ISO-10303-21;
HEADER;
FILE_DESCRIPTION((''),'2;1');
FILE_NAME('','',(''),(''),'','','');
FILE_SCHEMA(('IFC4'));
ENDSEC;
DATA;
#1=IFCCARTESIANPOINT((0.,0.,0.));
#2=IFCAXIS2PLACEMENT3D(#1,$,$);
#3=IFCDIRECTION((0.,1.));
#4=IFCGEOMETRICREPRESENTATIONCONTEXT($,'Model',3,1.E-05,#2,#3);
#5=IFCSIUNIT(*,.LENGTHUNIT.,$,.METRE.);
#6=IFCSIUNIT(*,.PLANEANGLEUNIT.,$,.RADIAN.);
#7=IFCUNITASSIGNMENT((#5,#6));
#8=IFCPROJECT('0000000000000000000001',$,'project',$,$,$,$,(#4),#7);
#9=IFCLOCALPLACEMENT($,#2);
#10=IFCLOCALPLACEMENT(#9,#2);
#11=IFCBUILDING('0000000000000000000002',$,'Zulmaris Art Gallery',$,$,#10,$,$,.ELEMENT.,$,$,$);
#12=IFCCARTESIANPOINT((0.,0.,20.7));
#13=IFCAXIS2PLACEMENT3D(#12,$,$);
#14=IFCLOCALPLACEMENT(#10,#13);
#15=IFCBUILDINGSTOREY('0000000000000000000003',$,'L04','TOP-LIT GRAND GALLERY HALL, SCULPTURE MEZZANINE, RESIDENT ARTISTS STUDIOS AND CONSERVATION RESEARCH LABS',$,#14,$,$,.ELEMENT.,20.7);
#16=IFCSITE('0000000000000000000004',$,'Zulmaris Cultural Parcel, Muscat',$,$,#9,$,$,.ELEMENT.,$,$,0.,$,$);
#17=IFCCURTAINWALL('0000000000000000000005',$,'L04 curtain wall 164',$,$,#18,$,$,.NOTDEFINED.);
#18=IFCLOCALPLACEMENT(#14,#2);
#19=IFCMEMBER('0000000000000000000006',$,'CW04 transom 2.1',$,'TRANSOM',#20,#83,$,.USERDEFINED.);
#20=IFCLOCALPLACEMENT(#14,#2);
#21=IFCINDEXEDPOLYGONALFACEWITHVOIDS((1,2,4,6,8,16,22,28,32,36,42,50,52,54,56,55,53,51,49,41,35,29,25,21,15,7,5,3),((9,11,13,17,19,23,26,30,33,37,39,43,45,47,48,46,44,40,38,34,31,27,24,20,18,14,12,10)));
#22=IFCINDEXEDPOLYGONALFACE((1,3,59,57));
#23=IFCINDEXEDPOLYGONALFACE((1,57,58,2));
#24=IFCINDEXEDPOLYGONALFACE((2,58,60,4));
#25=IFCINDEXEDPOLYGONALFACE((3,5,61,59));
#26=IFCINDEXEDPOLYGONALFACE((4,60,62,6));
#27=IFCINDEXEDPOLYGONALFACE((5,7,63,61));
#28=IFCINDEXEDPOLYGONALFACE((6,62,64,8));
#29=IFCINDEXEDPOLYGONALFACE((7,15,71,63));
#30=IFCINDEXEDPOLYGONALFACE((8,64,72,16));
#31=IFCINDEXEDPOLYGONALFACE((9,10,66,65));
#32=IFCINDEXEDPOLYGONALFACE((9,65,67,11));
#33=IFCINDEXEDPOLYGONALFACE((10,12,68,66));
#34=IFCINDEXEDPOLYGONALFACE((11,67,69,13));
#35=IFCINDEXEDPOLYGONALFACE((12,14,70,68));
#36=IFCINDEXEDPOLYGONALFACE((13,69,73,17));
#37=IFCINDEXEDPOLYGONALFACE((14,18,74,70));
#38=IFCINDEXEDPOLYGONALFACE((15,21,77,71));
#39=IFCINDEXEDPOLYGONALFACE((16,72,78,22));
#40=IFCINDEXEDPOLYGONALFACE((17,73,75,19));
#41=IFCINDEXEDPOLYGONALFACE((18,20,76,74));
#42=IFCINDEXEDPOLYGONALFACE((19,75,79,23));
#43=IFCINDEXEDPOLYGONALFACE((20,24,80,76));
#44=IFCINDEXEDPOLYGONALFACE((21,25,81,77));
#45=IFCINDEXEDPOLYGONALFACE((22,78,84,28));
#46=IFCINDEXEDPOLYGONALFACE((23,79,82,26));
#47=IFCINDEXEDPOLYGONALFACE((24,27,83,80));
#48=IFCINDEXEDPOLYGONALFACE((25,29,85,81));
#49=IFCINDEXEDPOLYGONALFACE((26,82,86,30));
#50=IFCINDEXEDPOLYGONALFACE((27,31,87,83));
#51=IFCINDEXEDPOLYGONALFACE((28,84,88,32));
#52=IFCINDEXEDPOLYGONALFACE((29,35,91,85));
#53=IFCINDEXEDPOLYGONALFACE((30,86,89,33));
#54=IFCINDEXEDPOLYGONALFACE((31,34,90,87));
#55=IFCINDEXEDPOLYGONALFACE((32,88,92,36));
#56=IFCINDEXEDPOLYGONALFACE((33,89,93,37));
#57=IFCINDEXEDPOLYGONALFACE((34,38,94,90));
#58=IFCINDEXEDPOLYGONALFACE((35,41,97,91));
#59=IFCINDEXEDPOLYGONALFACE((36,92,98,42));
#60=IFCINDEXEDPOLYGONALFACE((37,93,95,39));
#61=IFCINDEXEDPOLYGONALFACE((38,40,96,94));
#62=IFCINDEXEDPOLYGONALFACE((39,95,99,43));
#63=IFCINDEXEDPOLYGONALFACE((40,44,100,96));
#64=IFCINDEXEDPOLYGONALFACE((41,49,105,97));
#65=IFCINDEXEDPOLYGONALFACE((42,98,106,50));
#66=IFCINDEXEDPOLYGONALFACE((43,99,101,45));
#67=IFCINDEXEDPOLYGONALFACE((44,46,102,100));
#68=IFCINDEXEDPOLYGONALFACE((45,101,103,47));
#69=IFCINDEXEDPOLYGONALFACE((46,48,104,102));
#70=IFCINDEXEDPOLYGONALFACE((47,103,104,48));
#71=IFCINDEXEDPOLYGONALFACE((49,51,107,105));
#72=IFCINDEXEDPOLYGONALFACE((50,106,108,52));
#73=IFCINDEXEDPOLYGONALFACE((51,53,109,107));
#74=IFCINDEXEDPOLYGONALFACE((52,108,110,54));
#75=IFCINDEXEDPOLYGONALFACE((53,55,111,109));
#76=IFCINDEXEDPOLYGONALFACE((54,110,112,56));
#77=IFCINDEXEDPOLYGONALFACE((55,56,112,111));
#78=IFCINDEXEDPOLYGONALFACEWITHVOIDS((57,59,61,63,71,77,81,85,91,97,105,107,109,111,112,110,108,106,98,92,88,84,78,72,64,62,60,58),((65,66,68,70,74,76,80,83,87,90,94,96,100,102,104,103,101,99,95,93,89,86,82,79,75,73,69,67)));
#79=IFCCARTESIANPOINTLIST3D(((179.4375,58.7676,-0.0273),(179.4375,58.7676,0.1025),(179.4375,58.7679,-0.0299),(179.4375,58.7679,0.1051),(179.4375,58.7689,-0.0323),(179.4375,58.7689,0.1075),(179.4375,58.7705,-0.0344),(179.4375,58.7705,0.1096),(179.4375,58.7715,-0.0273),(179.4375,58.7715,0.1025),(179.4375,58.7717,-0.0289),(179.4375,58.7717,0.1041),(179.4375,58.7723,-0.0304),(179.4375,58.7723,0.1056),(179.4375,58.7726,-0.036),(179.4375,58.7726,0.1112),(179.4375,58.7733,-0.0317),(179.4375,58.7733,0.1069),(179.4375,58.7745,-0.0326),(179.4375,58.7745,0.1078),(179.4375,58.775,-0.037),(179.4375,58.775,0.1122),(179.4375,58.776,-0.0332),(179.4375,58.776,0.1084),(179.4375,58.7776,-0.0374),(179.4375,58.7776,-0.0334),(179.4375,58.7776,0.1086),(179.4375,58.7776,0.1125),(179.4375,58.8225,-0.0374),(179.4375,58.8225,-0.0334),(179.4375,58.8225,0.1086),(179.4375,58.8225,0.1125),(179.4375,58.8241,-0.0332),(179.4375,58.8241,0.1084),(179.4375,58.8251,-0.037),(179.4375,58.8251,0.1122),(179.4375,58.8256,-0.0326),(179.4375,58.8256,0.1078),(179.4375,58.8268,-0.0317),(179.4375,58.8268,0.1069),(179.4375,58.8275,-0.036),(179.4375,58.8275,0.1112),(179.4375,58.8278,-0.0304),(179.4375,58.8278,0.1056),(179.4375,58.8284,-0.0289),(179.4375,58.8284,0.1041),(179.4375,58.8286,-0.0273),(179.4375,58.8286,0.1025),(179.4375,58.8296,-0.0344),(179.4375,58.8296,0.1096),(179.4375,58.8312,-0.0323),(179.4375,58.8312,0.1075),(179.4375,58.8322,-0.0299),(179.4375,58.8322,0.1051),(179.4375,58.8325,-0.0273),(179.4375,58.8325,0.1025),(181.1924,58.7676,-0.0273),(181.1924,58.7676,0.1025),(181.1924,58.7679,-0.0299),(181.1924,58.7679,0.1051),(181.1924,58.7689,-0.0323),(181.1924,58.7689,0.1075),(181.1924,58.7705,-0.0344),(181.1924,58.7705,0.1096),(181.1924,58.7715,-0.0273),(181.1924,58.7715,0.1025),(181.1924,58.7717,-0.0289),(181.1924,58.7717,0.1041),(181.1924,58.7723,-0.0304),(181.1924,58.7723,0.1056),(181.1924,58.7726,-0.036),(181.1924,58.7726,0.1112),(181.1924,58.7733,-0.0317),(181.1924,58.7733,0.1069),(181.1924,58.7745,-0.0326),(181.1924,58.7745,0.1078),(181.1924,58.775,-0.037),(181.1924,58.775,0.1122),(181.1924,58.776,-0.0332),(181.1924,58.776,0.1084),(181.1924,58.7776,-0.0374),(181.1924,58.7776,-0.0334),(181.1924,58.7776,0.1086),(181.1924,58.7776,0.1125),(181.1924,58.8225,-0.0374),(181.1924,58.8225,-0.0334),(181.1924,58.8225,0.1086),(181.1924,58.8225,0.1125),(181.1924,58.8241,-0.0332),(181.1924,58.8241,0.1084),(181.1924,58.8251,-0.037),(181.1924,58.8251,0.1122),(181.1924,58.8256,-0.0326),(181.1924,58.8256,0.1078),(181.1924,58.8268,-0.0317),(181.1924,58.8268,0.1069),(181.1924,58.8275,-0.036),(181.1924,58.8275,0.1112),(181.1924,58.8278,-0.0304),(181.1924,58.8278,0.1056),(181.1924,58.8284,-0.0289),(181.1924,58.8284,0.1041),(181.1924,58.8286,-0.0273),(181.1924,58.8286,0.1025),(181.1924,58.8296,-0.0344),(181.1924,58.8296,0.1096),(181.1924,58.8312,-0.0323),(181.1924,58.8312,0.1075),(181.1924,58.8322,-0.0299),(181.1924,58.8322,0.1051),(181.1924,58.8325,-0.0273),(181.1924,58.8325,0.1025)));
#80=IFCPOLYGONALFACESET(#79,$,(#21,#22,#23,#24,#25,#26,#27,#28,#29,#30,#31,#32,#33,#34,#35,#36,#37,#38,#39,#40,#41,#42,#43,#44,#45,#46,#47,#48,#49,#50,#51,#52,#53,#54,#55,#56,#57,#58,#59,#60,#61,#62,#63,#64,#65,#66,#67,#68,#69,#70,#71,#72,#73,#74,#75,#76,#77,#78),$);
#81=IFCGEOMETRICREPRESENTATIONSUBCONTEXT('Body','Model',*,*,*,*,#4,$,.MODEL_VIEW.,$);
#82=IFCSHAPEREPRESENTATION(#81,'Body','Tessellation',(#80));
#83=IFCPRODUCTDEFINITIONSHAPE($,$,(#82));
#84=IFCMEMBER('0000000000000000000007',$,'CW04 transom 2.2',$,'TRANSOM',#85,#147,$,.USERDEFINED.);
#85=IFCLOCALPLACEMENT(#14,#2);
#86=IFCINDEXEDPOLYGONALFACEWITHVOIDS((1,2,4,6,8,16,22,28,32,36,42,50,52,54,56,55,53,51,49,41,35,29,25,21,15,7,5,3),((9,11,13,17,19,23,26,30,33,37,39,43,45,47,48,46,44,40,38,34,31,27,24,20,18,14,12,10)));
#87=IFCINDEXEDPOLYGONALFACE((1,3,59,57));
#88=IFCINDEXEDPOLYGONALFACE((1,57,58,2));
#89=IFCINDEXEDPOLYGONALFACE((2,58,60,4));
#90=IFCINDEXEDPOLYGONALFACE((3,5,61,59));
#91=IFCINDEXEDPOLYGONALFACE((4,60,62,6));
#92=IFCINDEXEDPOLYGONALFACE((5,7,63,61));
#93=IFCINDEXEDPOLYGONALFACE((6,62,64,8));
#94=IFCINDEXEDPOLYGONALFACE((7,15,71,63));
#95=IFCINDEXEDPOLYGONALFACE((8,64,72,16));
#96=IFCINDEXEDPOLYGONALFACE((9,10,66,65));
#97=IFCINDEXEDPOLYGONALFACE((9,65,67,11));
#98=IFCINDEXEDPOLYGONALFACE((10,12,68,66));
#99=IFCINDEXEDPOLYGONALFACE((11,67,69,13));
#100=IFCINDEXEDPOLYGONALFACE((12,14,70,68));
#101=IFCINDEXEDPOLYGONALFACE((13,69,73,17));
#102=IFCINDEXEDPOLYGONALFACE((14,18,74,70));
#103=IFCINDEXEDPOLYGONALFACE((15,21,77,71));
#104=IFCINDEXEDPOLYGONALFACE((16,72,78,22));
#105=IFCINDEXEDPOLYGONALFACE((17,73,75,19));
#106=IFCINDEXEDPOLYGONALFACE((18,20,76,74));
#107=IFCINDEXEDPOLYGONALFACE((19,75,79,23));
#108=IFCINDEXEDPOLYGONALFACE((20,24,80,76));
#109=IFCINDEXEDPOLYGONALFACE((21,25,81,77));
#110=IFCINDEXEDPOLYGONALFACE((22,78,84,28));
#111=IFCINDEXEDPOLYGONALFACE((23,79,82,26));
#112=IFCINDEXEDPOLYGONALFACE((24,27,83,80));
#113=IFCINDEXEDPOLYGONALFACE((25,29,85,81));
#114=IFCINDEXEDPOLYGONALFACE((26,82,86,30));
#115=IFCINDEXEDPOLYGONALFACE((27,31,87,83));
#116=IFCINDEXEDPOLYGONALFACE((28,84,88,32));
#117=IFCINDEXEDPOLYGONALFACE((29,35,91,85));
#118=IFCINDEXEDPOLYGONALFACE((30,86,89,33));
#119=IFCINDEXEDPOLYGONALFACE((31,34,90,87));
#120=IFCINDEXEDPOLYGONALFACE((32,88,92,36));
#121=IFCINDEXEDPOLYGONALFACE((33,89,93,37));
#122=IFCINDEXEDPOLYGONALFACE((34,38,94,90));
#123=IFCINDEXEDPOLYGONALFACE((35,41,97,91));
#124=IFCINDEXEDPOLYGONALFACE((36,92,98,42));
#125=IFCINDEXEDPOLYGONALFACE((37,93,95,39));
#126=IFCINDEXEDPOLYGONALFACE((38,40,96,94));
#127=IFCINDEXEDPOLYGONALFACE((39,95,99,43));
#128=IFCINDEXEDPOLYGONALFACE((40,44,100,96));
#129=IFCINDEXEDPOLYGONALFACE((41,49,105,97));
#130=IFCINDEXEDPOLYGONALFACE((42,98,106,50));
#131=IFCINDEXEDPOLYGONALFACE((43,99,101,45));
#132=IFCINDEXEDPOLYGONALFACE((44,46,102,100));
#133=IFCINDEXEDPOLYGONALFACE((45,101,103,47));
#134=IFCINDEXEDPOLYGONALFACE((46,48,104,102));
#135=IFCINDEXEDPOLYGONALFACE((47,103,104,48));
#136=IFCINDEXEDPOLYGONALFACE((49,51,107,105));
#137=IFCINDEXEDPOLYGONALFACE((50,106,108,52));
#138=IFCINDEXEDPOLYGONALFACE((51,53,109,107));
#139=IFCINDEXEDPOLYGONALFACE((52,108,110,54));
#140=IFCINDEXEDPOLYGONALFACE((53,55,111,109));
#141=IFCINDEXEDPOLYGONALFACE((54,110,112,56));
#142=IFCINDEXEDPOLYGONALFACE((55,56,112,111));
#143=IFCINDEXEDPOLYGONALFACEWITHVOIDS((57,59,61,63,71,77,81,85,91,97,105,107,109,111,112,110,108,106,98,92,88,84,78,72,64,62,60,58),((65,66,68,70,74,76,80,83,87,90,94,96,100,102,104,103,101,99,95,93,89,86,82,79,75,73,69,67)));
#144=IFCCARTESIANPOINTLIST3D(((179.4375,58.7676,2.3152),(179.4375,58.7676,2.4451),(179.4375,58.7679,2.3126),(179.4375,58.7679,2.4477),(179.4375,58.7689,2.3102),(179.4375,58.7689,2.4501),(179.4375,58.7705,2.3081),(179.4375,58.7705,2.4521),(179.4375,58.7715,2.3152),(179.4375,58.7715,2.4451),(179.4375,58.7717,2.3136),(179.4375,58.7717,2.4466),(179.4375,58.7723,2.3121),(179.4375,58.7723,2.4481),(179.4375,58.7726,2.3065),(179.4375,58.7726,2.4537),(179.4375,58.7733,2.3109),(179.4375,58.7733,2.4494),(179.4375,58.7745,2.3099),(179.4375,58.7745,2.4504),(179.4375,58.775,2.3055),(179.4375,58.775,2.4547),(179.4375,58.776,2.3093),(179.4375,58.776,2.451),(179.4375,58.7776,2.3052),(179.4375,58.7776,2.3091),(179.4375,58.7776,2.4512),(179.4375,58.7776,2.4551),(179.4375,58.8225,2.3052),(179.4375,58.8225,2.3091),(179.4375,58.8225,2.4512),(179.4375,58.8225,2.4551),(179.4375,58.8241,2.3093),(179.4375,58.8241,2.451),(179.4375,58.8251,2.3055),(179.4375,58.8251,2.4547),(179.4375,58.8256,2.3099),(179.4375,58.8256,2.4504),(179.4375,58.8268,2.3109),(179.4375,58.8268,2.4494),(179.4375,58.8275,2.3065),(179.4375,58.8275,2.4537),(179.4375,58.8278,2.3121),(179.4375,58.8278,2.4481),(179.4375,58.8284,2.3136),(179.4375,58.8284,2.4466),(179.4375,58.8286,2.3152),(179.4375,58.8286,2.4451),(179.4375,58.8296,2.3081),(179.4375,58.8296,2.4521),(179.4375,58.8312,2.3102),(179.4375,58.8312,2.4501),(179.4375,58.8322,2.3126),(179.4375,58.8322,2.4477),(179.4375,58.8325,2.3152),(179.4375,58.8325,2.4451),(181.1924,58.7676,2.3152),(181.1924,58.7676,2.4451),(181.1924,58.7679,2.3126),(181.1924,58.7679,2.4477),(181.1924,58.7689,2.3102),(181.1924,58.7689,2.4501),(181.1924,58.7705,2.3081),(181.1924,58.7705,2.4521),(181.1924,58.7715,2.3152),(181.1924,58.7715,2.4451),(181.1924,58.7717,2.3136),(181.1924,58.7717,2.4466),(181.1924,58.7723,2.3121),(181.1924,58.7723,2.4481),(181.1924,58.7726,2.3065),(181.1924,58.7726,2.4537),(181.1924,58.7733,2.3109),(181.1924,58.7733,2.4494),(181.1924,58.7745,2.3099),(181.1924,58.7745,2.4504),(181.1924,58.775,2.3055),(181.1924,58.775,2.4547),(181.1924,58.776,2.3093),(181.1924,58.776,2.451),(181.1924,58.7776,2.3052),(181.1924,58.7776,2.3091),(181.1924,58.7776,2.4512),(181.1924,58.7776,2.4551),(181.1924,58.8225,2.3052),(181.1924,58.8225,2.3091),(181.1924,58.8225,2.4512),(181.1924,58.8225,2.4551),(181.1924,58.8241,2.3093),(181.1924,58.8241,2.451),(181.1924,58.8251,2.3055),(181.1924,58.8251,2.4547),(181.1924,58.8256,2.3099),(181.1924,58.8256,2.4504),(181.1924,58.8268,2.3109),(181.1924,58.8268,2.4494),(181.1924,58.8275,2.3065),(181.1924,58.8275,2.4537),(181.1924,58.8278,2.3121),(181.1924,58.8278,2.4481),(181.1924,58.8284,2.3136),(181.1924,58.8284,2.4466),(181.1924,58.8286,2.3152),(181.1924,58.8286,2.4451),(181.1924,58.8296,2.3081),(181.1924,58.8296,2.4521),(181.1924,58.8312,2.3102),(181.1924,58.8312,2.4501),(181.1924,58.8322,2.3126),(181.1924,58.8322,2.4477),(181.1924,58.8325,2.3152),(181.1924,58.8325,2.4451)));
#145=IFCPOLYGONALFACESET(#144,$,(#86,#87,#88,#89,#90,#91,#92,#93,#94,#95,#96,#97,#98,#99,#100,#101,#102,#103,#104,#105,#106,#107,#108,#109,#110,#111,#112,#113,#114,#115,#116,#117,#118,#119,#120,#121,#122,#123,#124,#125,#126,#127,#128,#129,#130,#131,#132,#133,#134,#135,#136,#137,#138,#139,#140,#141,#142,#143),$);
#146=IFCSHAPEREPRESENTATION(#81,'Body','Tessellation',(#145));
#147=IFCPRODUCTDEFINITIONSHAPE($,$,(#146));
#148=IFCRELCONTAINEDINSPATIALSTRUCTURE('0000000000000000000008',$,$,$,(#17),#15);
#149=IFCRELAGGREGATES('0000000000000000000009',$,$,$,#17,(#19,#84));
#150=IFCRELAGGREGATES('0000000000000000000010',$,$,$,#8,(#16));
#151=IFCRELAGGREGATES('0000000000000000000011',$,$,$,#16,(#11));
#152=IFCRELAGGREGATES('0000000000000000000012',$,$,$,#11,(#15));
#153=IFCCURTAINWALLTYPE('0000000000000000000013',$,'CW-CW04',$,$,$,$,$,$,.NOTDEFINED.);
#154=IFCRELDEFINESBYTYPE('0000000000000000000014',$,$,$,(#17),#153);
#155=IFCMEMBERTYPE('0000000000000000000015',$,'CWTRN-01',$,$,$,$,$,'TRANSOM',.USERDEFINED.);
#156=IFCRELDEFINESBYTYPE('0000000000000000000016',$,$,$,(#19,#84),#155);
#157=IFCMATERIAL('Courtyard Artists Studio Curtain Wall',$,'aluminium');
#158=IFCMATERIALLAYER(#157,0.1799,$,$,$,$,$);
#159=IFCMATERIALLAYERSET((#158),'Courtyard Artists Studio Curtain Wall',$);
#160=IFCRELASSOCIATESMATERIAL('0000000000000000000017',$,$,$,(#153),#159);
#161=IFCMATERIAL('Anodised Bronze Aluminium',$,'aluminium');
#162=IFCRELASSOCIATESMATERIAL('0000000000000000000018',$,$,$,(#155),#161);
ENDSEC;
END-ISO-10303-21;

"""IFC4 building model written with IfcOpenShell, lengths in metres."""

from ifc_helpers import new_model, si_unit, direction, frame, origin, origin_2d, place, context, subcontext, project, spatial, hollow_rectangle, extrude, material, layer, layer_set, material_profile, profile_set, type_object, element, aggregate, save


model = new_model("IFC4")

# Units and contexts
model_context = context("Model", 3, precision=1e-05, world=origin(), true_north=direction((0.0, 1.0)))
body_context = subcontext(model_context, "Body", "Model", "MODEL_VIEW")
ifc_project = project(units=[si_unit("LENGTHUNIT", "METRE"), si_unit("PLANEANGLEUNIT", "RADIAN")], contexts=[model_context])

# Site, building, storey
site_placement = place(None, origin())
site = spatial("IfcSite", under=ifc_project, at=site_placement, Name="Zulmaris Cultural Parcel, Muscat", CompositionType="ELEMENT", RefElevation=0.0)
building_placement = place(site_placement, origin())
building = spatial("IfcBuilding", under=site, at=building_placement, Name="Zulmaris Art Gallery", CompositionType="ELEMENT")
storey_placement = place(building_placement, frame((0.0, 0.0, 20.7)))
storey = spatial("IfcBuildingStorey", under=building, at=storey_placement, Name="L04", Description="TOP-LIT GRAND GALLERY HALL, SCULPTURE MEZZANINE, RESIDENT ARTISTS STUDIOS AND CONSERVATION RESEARCH LABS", CompositionType="ELEMENT", Elevation=20.7)

# Shared definitions
ifc_material_1 = material(Name="Courtyard Artists Studio Curtain Wall", Category="aluminium")
ifc_layer_1 = layer(ifc_material_1, 0.1799)
ifc_layer_set_1 = layer_set([ifc_layer_1], Name="Courtyard Artists Studio Curtain Wall")
curtain_wall_type = type_object("IfcCurtainWallType", Name="CW-CW04", PredefinedType="NOTDEFINED", material=ifc_layer_set_1)
ifc_material_2 = material(Name="Anodised Bronze Aluminium", Category="aluminium")

# Curtain wall, members
curtain_wall_1_placement = place(storey_placement, origin())
curtain_wall_1 = element("IfcCurtainWall", 1, at=curtain_wall_1_placement, inside=storey, type_object=curtain_wall_type, Name="L04 curtain wall 164", PredefinedType="NOTDEFINED")
ifc_material_profile_1 = material_profile(ifc_material_2, hollow_rectangle(XDim=0.0649, YDim=0.1499, WallThickness=0.0039, InnerFilletRadius=0.0061, OuterFilletRadius=0.01, at=origin_2d()), Name="ALU 65x150x4")
ifc_profile_set_1 = profile_set([ifc_material_profile_1], Name="Anodised Bronze Aluminium")
member_type_1 = type_object("IfcMemberType", Name="CWTRN-01", ElementType="TRANSOM", PredefinedType="USERDEFINED", material=ifc_profile_set_1)
member_1_placement = place(storey_placement, frame((181.1924, 58.8, 0.0376), z_axis=(-1.0, 0.0, 0.0), x_axis=(0.0, -1.0, 0.0)))
member_1 = element("IfcMember", 2, at=member_1_placement, type_object=member_type_1, Name="CW04 transom 2.1", ObjectType="TRANSOM", PredefinedType="USERDEFINED", context=body_context, shape_type="SweptSolid", body=[
    extrude(hollow_rectangle(XDim=0.0649, YDim=0.1499, WallThickness=0.0039, InnerFilletRadius=0.0061, OuterFilletRadius=0.01, at=origin_2d()), origin(), (0.0, 0.0, 1.0), 1.7549),
])
member_2_placement = place(storey_placement, frame((181.1924, 58.8, 2.3801), z_axis=(-1.0, 0.0, 0.0), x_axis=(0.0, -1.0, 0.0)))
member_2 = element("IfcMember", 3, at=member_2_placement, type_object=member_type_1, Name="CW04 transom 2.2", ObjectType="TRANSOM", PredefinedType="USERDEFINED", context=body_context, shape_type="SweptSolid", body=[
    extrude(hollow_rectangle(XDim=0.0649, YDim=0.1499, WallThickness=0.0039, InnerFilletRadius=0.0061, OuterFilletRadius=0.01, at=origin_2d()), origin(), (0.0, 0.0, 1.0), 1.7549),
])
aggregate(curtain_wall_1, [member_1, member_2])

save(model, "model.ifc")
